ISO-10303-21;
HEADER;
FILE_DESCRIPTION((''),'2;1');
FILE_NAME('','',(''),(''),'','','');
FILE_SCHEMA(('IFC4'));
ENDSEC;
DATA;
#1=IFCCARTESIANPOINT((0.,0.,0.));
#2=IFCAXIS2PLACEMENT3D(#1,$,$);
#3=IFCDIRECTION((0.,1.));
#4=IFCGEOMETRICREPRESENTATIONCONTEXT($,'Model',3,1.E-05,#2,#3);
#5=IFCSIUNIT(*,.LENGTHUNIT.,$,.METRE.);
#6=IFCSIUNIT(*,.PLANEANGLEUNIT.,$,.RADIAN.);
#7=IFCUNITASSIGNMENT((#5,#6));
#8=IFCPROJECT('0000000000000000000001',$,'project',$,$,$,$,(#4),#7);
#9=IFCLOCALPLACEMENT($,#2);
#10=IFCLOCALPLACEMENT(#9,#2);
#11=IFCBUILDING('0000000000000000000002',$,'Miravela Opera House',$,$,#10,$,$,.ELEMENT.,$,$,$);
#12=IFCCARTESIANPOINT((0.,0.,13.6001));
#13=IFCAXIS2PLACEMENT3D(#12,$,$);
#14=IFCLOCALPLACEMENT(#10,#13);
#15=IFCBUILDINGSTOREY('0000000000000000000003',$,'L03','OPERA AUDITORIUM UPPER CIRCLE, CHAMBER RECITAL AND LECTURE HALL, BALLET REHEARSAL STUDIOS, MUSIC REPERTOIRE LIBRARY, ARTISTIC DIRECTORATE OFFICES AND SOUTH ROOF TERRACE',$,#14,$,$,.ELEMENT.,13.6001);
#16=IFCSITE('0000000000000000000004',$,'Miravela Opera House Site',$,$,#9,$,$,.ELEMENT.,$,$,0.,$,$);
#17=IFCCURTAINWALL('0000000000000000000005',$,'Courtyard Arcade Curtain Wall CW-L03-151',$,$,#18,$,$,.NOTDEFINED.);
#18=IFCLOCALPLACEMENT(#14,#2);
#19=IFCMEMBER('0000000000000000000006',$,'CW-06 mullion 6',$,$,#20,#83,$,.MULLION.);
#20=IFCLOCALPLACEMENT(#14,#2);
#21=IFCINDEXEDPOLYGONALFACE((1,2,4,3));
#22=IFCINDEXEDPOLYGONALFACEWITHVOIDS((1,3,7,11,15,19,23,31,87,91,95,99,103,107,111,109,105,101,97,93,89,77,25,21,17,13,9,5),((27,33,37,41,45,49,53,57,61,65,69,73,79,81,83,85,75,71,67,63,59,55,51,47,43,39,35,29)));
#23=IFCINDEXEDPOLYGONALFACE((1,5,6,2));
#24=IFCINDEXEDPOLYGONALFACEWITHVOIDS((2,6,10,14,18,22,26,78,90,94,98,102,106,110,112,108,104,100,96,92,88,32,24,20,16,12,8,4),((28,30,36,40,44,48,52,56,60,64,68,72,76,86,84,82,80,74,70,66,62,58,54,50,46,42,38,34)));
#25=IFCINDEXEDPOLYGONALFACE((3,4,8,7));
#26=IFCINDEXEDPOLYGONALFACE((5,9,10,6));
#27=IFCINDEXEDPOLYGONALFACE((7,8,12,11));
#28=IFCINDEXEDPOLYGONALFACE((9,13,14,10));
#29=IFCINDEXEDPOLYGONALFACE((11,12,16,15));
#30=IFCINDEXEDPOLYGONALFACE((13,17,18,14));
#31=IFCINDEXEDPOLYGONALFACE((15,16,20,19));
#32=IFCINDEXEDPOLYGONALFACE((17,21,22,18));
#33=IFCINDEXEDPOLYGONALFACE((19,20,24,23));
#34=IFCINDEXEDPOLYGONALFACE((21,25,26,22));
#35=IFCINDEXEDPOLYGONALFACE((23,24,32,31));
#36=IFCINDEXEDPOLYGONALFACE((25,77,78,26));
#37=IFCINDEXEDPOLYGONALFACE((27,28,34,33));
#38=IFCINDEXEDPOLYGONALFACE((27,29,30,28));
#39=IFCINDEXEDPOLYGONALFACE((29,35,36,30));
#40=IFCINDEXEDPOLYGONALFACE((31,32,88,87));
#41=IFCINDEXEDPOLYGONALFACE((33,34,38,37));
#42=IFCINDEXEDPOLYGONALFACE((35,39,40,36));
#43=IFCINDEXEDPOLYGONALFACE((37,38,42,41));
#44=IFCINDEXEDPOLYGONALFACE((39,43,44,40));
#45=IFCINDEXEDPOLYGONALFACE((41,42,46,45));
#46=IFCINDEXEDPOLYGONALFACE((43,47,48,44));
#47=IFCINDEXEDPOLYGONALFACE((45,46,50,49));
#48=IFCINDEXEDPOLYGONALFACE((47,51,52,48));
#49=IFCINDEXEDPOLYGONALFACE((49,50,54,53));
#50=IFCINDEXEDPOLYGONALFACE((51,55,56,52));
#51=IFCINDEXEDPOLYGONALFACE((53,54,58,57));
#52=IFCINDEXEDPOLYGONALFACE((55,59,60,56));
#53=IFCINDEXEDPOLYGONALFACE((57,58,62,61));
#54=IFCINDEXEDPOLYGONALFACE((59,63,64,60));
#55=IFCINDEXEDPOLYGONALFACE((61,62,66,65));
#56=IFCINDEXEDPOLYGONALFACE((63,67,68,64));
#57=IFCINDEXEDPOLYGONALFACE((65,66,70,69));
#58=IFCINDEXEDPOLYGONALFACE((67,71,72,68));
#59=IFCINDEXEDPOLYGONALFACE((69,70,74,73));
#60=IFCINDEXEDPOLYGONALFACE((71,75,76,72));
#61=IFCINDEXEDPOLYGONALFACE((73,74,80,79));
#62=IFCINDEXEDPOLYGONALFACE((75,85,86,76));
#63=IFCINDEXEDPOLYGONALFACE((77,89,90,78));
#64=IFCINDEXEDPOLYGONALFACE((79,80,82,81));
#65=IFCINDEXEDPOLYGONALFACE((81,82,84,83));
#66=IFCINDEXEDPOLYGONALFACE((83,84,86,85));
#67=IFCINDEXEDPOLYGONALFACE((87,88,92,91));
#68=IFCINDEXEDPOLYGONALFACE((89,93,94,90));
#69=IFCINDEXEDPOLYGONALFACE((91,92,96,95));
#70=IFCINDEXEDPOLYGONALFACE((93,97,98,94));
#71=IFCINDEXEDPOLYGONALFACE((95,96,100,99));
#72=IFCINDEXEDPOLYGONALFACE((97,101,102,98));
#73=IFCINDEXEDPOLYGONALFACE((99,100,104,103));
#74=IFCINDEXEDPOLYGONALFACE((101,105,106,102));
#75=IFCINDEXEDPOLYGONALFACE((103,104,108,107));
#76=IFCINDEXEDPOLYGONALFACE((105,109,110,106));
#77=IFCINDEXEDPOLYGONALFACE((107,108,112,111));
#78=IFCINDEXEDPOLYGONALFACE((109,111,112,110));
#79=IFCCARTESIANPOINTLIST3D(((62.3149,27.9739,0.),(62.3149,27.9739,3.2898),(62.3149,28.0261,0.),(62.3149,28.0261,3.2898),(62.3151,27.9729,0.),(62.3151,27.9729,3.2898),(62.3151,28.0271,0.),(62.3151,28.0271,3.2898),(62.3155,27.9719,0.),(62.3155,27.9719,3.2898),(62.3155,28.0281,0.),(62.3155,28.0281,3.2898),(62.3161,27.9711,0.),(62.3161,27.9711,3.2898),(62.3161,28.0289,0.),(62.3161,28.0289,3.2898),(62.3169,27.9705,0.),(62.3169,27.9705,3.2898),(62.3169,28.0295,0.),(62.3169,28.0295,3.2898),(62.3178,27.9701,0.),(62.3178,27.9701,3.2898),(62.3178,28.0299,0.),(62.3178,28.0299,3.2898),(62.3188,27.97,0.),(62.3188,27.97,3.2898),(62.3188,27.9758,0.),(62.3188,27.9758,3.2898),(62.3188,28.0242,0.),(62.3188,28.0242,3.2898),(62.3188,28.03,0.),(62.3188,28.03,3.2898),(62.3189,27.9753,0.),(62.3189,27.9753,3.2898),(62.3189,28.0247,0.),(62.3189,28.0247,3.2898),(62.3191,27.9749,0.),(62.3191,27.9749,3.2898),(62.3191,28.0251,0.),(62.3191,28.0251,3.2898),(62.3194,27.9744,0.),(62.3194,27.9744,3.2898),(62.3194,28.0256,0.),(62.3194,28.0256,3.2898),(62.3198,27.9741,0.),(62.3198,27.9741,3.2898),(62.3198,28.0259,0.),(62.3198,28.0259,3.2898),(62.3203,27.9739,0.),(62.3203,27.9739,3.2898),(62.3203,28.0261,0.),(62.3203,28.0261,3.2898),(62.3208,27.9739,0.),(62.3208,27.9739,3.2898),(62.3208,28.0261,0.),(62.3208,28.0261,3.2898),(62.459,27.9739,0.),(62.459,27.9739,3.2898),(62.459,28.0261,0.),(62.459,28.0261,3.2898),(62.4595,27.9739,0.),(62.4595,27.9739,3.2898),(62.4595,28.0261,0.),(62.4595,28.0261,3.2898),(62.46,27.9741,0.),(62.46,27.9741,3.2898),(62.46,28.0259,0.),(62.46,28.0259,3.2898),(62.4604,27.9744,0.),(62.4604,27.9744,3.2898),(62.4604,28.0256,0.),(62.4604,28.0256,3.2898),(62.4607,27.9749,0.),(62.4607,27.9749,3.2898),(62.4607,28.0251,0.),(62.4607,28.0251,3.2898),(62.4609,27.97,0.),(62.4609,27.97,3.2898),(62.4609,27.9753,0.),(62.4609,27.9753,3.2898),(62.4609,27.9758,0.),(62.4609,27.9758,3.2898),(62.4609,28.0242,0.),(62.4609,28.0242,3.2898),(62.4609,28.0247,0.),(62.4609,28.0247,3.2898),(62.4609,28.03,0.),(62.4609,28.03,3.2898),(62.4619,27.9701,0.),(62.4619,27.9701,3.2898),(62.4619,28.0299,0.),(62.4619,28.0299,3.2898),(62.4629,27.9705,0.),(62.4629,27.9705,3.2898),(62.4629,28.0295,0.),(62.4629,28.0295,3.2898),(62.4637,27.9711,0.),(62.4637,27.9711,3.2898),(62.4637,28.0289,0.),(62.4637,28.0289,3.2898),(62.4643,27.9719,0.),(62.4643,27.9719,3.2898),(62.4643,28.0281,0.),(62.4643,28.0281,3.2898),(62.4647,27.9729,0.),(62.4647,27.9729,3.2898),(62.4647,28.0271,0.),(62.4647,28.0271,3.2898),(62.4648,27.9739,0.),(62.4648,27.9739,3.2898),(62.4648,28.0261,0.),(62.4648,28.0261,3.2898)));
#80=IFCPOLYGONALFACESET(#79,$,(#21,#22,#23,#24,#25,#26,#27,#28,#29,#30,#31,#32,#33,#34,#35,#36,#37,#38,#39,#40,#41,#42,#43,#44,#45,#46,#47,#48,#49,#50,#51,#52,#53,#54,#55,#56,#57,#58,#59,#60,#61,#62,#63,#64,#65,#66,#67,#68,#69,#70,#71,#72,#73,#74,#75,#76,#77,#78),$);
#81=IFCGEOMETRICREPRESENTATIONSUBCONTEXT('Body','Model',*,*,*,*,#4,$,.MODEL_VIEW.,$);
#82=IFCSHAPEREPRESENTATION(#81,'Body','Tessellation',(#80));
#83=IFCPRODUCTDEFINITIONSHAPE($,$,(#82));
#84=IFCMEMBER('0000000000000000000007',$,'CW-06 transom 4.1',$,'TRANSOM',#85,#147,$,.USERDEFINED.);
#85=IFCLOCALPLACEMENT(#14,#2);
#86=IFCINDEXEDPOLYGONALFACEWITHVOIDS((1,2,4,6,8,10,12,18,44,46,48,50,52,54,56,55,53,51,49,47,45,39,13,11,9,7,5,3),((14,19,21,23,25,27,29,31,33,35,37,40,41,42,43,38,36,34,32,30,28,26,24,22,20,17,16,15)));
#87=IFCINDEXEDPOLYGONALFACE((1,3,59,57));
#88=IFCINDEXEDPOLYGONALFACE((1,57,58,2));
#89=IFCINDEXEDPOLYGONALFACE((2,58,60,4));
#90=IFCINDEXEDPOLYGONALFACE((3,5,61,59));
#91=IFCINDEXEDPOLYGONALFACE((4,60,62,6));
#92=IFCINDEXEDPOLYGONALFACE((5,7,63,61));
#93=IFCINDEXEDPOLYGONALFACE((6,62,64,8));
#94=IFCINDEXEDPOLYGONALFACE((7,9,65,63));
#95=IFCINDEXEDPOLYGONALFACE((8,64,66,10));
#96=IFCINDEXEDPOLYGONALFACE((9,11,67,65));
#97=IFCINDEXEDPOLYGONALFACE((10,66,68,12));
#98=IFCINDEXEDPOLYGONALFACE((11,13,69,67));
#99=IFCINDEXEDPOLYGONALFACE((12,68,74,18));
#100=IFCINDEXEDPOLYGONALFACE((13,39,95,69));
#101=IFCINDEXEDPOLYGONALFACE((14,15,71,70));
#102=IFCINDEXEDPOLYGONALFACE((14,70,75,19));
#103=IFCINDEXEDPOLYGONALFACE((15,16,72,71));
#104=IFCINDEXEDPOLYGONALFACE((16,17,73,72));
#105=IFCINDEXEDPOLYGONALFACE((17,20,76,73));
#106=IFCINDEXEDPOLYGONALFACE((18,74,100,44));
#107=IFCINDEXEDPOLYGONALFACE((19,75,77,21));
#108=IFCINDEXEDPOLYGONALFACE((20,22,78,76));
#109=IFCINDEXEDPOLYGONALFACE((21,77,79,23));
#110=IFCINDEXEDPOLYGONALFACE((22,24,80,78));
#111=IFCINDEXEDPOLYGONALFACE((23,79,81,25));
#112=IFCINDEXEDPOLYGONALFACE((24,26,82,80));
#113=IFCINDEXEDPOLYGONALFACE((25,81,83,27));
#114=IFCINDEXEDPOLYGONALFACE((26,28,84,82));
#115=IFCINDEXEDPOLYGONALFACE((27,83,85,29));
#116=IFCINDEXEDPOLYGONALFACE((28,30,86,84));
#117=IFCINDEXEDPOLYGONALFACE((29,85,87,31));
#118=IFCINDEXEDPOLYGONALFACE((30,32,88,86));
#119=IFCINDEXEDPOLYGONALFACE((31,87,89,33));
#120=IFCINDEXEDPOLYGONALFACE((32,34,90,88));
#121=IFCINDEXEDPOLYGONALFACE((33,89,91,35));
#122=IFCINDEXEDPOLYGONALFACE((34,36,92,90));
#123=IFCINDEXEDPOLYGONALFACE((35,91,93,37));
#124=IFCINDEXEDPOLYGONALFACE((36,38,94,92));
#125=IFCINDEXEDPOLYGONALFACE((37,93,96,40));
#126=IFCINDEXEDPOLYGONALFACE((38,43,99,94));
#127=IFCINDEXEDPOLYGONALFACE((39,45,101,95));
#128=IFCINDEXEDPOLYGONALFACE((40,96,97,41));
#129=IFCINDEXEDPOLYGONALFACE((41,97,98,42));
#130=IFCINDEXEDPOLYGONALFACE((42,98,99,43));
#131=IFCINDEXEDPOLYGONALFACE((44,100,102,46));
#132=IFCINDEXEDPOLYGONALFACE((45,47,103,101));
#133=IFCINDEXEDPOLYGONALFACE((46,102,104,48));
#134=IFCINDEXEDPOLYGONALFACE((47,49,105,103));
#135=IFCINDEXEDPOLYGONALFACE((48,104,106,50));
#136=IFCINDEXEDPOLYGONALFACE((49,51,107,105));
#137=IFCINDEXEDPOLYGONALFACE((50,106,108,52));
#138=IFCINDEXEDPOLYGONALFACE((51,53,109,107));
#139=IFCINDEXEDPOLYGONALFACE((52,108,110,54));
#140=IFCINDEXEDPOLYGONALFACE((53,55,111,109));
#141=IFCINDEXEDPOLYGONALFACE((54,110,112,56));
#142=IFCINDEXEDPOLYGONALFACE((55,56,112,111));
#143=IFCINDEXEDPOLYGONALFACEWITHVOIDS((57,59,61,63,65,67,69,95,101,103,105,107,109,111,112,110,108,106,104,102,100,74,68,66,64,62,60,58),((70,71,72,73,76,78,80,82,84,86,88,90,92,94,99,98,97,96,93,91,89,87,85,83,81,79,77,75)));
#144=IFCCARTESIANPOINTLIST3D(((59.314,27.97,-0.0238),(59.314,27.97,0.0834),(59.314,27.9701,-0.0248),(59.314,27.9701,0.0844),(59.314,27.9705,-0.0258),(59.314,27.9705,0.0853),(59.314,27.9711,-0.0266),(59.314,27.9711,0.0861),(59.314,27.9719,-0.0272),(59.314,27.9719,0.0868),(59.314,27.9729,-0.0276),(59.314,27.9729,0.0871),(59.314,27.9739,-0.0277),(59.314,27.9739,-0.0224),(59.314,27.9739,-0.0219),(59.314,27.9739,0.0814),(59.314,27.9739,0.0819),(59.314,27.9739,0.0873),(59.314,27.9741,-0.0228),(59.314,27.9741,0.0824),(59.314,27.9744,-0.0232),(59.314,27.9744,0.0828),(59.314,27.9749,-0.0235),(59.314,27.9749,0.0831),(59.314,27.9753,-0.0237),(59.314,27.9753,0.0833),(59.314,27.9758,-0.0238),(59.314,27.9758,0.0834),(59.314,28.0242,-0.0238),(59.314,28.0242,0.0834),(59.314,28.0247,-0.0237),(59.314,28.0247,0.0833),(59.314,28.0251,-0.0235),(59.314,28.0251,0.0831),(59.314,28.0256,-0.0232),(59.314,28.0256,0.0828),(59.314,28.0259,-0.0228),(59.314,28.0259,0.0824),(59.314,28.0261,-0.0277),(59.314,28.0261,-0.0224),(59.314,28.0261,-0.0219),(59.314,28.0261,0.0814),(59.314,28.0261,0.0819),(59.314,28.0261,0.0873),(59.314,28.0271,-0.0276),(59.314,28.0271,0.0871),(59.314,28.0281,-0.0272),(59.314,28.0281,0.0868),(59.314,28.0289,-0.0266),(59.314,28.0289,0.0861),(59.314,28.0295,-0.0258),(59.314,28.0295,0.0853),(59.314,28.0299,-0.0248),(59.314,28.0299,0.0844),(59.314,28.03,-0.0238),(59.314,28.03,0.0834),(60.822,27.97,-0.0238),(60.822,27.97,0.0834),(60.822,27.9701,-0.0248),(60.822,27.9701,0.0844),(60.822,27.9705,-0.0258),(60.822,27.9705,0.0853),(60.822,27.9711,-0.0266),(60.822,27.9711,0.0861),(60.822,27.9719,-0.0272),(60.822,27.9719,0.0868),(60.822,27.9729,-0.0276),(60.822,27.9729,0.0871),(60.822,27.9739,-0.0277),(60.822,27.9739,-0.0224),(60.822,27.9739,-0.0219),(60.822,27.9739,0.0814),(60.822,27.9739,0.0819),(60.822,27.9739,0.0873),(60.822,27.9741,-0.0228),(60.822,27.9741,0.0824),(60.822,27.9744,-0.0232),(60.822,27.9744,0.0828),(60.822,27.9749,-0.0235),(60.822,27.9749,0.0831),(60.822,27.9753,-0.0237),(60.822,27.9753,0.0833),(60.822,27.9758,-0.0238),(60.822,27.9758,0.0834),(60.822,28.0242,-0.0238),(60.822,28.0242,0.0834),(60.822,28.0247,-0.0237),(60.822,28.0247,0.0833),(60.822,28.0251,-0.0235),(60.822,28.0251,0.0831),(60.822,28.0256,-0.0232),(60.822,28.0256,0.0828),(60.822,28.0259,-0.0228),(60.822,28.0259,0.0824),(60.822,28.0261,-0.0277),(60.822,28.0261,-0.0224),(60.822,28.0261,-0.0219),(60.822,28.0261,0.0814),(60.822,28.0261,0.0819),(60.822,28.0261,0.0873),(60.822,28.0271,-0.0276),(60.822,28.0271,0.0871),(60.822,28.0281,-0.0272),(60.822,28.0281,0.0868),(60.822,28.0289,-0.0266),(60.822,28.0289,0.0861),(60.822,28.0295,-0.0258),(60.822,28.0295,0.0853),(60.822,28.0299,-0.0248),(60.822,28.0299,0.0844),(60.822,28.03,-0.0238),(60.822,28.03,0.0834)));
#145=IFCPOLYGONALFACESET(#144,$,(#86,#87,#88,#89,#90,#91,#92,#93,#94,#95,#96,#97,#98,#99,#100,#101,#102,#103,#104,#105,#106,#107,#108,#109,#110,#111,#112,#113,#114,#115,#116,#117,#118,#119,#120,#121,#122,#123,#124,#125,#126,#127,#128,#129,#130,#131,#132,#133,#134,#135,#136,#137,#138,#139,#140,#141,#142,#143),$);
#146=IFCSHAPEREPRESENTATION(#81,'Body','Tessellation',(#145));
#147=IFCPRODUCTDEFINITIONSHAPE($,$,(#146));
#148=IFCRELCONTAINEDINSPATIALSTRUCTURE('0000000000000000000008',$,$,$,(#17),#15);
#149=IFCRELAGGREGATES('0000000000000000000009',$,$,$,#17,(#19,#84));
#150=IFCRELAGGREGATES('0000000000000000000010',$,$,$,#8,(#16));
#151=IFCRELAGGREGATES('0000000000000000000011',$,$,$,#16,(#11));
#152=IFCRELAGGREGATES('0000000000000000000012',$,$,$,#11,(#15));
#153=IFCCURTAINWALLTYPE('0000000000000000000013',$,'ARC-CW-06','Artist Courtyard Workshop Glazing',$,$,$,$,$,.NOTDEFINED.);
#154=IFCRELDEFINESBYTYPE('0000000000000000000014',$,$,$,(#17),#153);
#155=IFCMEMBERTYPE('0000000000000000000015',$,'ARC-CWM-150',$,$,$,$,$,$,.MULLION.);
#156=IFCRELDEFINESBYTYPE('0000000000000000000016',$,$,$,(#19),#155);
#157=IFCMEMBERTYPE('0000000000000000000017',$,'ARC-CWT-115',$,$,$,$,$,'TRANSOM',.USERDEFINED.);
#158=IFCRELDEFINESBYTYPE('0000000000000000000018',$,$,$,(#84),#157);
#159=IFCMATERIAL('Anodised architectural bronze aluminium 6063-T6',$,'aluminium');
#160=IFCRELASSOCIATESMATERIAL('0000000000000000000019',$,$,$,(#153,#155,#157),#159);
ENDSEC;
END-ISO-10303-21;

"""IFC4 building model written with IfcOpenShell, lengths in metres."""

from ifc_helpers import new_model, si_unit, direction, frame, origin, origin_2d, place, context, subcontext, project, spatial, hollow_rectangle, extrude, material, material_profile, profile_set, type_object, element, aggregate, save


model = new_model("IFC4")

# Units and contexts
model_context = context("Model", 3, precision=1e-05, world=origin(), true_north=direction((0.0, 1.0)))
body_context = subcontext(model_context, "Body", "Model", "MODEL_VIEW")
ifc_project = project(units=[si_unit("LENGTHUNIT", "METRE"), si_unit("PLANEANGLEUNIT", "RADIAN")], contexts=[model_context])

# Site, building, storey
site_placement = place(None, origin())
site = spatial("IfcSite", under=ifc_project, at=site_placement, Name="Miravela Opera House Site", CompositionType="ELEMENT", RefElevation=0.0)
building_placement = place(site_placement, origin())
building = spatial("IfcBuilding", under=site, at=building_placement, Name="Miravela Opera House", CompositionType="ELEMENT")
storey_placement = place(building_placement, frame((0.0, 0.0, 13.6001)))
storey = spatial("IfcBuildingStorey", under=building, at=storey_placement, Name="L03", Description="OPERA AUDITORIUM UPPER CIRCLE, CHAMBER RECITAL AND LECTURE HALL, BALLET REHEARSAL STUDIOS, MUSIC REPERTOIRE LIBRARY, ARTISTIC DIRECTORATE OFFICES AND SOUTH ROOF TERRACE", CompositionType="ELEMENT", Elevation=13.6001)

# Curtain wall, members
ifc_material_1 = material(Name="Anodised architectural bronze aluminium 6063-T6", Category="aluminium")
curtain_wall_type = type_object("IfcCurtainWallType", Name="ARC-CW-06", Description="Artist Courtyard Workshop Glazing", PredefinedType="NOTDEFINED", material=ifc_material_1)
curtain_wall_placement = place(storey_placement, origin())
curtain_wall = element("IfcCurtainWall", 1, at=curtain_wall_placement, inside=storey, type_object=curtain_wall_type, Name="Courtyard Arcade Curtain Wall CW-L03-151", PredefinedType="NOTDEFINED")
ifc_material_profile_1 = material_profile(ifc_material_1, hollow_rectangle(XDim=0.0601, YDim=0.1499, WallThickness=0.0039, InnerFilletRadius=0.002, OuterFilletRadius=0.0039, at=origin_2d()), Name="CWM-60X150")
ifc_profile_set_1 = profile_set([ifc_material_profile_1])
member_type_1 = type_object("IfcMemberType", Name="ARC-CWM-150", PredefinedType="MULLION", material=ifc_profile_set_1)
member_1_placement = place(storey_placement, frame((62.3899, 28.0, 0.0), z_axis=(0.0, 0.0, 1.0), x_axis=(0.0, 1.0, 0.0)))
member_1 = element("IfcMember", 2, at=member_1_placement, type_object=member_type_1, Name="CW-06 mullion 6", PredefinedType="MULLION", context=body_context, shape_type="SweptSolid", body=[
    extrude(hollow_rectangle(XDim=0.0601, YDim=0.1499, WallThickness=0.0039, InnerFilletRadius=0.002, OuterFilletRadius=0.0039, at=origin_2d()), origin(), (0.0, 0.0, 1.0), 3.2898),
])
ifc_material_profile_2 = material_profile(ifc_material_1, hollow_rectangle(XDim=0.0601, YDim=0.115, WallThickness=0.0039, InnerFilletRadius=0.002, OuterFilletRadius=0.0039, at=origin_2d()), Name="CWT-60X115")
ifc_profile_set_2 = profile_set([ifc_material_profile_2])
member_type_2 = type_object("IfcMemberType", Name="ARC-CWT-115", ElementType="TRANSOM", PredefinedType="USERDEFINED", material=ifc_profile_set_2)
member_2_placement = place(storey_placement, frame((59.314, 28.0, 0.0298), z_axis=(1.0, 0.0, 0.0), x_axis=(0.0, 1.0, 0.0)))
member_2 = element("IfcMember", 3, at=member_2_placement, type_object=member_type_2, Name="CW-06 transom 4.1", ObjectType="TRANSOM", PredefinedType="USERDEFINED", context=body_context, shape_type="SweptSolid", body=[
    extrude(hollow_rectangle(XDim=0.0601, YDim=0.115, WallThickness=0.0039, InnerFilletRadius=0.002, OuterFilletRadius=0.0039, at=origin_2d()), origin(), (0.0, 0.0, 1.0), 1.5081),
])
aggregate(curtain_wall, [member_1, member_2])

save(model, "model.ifc")
